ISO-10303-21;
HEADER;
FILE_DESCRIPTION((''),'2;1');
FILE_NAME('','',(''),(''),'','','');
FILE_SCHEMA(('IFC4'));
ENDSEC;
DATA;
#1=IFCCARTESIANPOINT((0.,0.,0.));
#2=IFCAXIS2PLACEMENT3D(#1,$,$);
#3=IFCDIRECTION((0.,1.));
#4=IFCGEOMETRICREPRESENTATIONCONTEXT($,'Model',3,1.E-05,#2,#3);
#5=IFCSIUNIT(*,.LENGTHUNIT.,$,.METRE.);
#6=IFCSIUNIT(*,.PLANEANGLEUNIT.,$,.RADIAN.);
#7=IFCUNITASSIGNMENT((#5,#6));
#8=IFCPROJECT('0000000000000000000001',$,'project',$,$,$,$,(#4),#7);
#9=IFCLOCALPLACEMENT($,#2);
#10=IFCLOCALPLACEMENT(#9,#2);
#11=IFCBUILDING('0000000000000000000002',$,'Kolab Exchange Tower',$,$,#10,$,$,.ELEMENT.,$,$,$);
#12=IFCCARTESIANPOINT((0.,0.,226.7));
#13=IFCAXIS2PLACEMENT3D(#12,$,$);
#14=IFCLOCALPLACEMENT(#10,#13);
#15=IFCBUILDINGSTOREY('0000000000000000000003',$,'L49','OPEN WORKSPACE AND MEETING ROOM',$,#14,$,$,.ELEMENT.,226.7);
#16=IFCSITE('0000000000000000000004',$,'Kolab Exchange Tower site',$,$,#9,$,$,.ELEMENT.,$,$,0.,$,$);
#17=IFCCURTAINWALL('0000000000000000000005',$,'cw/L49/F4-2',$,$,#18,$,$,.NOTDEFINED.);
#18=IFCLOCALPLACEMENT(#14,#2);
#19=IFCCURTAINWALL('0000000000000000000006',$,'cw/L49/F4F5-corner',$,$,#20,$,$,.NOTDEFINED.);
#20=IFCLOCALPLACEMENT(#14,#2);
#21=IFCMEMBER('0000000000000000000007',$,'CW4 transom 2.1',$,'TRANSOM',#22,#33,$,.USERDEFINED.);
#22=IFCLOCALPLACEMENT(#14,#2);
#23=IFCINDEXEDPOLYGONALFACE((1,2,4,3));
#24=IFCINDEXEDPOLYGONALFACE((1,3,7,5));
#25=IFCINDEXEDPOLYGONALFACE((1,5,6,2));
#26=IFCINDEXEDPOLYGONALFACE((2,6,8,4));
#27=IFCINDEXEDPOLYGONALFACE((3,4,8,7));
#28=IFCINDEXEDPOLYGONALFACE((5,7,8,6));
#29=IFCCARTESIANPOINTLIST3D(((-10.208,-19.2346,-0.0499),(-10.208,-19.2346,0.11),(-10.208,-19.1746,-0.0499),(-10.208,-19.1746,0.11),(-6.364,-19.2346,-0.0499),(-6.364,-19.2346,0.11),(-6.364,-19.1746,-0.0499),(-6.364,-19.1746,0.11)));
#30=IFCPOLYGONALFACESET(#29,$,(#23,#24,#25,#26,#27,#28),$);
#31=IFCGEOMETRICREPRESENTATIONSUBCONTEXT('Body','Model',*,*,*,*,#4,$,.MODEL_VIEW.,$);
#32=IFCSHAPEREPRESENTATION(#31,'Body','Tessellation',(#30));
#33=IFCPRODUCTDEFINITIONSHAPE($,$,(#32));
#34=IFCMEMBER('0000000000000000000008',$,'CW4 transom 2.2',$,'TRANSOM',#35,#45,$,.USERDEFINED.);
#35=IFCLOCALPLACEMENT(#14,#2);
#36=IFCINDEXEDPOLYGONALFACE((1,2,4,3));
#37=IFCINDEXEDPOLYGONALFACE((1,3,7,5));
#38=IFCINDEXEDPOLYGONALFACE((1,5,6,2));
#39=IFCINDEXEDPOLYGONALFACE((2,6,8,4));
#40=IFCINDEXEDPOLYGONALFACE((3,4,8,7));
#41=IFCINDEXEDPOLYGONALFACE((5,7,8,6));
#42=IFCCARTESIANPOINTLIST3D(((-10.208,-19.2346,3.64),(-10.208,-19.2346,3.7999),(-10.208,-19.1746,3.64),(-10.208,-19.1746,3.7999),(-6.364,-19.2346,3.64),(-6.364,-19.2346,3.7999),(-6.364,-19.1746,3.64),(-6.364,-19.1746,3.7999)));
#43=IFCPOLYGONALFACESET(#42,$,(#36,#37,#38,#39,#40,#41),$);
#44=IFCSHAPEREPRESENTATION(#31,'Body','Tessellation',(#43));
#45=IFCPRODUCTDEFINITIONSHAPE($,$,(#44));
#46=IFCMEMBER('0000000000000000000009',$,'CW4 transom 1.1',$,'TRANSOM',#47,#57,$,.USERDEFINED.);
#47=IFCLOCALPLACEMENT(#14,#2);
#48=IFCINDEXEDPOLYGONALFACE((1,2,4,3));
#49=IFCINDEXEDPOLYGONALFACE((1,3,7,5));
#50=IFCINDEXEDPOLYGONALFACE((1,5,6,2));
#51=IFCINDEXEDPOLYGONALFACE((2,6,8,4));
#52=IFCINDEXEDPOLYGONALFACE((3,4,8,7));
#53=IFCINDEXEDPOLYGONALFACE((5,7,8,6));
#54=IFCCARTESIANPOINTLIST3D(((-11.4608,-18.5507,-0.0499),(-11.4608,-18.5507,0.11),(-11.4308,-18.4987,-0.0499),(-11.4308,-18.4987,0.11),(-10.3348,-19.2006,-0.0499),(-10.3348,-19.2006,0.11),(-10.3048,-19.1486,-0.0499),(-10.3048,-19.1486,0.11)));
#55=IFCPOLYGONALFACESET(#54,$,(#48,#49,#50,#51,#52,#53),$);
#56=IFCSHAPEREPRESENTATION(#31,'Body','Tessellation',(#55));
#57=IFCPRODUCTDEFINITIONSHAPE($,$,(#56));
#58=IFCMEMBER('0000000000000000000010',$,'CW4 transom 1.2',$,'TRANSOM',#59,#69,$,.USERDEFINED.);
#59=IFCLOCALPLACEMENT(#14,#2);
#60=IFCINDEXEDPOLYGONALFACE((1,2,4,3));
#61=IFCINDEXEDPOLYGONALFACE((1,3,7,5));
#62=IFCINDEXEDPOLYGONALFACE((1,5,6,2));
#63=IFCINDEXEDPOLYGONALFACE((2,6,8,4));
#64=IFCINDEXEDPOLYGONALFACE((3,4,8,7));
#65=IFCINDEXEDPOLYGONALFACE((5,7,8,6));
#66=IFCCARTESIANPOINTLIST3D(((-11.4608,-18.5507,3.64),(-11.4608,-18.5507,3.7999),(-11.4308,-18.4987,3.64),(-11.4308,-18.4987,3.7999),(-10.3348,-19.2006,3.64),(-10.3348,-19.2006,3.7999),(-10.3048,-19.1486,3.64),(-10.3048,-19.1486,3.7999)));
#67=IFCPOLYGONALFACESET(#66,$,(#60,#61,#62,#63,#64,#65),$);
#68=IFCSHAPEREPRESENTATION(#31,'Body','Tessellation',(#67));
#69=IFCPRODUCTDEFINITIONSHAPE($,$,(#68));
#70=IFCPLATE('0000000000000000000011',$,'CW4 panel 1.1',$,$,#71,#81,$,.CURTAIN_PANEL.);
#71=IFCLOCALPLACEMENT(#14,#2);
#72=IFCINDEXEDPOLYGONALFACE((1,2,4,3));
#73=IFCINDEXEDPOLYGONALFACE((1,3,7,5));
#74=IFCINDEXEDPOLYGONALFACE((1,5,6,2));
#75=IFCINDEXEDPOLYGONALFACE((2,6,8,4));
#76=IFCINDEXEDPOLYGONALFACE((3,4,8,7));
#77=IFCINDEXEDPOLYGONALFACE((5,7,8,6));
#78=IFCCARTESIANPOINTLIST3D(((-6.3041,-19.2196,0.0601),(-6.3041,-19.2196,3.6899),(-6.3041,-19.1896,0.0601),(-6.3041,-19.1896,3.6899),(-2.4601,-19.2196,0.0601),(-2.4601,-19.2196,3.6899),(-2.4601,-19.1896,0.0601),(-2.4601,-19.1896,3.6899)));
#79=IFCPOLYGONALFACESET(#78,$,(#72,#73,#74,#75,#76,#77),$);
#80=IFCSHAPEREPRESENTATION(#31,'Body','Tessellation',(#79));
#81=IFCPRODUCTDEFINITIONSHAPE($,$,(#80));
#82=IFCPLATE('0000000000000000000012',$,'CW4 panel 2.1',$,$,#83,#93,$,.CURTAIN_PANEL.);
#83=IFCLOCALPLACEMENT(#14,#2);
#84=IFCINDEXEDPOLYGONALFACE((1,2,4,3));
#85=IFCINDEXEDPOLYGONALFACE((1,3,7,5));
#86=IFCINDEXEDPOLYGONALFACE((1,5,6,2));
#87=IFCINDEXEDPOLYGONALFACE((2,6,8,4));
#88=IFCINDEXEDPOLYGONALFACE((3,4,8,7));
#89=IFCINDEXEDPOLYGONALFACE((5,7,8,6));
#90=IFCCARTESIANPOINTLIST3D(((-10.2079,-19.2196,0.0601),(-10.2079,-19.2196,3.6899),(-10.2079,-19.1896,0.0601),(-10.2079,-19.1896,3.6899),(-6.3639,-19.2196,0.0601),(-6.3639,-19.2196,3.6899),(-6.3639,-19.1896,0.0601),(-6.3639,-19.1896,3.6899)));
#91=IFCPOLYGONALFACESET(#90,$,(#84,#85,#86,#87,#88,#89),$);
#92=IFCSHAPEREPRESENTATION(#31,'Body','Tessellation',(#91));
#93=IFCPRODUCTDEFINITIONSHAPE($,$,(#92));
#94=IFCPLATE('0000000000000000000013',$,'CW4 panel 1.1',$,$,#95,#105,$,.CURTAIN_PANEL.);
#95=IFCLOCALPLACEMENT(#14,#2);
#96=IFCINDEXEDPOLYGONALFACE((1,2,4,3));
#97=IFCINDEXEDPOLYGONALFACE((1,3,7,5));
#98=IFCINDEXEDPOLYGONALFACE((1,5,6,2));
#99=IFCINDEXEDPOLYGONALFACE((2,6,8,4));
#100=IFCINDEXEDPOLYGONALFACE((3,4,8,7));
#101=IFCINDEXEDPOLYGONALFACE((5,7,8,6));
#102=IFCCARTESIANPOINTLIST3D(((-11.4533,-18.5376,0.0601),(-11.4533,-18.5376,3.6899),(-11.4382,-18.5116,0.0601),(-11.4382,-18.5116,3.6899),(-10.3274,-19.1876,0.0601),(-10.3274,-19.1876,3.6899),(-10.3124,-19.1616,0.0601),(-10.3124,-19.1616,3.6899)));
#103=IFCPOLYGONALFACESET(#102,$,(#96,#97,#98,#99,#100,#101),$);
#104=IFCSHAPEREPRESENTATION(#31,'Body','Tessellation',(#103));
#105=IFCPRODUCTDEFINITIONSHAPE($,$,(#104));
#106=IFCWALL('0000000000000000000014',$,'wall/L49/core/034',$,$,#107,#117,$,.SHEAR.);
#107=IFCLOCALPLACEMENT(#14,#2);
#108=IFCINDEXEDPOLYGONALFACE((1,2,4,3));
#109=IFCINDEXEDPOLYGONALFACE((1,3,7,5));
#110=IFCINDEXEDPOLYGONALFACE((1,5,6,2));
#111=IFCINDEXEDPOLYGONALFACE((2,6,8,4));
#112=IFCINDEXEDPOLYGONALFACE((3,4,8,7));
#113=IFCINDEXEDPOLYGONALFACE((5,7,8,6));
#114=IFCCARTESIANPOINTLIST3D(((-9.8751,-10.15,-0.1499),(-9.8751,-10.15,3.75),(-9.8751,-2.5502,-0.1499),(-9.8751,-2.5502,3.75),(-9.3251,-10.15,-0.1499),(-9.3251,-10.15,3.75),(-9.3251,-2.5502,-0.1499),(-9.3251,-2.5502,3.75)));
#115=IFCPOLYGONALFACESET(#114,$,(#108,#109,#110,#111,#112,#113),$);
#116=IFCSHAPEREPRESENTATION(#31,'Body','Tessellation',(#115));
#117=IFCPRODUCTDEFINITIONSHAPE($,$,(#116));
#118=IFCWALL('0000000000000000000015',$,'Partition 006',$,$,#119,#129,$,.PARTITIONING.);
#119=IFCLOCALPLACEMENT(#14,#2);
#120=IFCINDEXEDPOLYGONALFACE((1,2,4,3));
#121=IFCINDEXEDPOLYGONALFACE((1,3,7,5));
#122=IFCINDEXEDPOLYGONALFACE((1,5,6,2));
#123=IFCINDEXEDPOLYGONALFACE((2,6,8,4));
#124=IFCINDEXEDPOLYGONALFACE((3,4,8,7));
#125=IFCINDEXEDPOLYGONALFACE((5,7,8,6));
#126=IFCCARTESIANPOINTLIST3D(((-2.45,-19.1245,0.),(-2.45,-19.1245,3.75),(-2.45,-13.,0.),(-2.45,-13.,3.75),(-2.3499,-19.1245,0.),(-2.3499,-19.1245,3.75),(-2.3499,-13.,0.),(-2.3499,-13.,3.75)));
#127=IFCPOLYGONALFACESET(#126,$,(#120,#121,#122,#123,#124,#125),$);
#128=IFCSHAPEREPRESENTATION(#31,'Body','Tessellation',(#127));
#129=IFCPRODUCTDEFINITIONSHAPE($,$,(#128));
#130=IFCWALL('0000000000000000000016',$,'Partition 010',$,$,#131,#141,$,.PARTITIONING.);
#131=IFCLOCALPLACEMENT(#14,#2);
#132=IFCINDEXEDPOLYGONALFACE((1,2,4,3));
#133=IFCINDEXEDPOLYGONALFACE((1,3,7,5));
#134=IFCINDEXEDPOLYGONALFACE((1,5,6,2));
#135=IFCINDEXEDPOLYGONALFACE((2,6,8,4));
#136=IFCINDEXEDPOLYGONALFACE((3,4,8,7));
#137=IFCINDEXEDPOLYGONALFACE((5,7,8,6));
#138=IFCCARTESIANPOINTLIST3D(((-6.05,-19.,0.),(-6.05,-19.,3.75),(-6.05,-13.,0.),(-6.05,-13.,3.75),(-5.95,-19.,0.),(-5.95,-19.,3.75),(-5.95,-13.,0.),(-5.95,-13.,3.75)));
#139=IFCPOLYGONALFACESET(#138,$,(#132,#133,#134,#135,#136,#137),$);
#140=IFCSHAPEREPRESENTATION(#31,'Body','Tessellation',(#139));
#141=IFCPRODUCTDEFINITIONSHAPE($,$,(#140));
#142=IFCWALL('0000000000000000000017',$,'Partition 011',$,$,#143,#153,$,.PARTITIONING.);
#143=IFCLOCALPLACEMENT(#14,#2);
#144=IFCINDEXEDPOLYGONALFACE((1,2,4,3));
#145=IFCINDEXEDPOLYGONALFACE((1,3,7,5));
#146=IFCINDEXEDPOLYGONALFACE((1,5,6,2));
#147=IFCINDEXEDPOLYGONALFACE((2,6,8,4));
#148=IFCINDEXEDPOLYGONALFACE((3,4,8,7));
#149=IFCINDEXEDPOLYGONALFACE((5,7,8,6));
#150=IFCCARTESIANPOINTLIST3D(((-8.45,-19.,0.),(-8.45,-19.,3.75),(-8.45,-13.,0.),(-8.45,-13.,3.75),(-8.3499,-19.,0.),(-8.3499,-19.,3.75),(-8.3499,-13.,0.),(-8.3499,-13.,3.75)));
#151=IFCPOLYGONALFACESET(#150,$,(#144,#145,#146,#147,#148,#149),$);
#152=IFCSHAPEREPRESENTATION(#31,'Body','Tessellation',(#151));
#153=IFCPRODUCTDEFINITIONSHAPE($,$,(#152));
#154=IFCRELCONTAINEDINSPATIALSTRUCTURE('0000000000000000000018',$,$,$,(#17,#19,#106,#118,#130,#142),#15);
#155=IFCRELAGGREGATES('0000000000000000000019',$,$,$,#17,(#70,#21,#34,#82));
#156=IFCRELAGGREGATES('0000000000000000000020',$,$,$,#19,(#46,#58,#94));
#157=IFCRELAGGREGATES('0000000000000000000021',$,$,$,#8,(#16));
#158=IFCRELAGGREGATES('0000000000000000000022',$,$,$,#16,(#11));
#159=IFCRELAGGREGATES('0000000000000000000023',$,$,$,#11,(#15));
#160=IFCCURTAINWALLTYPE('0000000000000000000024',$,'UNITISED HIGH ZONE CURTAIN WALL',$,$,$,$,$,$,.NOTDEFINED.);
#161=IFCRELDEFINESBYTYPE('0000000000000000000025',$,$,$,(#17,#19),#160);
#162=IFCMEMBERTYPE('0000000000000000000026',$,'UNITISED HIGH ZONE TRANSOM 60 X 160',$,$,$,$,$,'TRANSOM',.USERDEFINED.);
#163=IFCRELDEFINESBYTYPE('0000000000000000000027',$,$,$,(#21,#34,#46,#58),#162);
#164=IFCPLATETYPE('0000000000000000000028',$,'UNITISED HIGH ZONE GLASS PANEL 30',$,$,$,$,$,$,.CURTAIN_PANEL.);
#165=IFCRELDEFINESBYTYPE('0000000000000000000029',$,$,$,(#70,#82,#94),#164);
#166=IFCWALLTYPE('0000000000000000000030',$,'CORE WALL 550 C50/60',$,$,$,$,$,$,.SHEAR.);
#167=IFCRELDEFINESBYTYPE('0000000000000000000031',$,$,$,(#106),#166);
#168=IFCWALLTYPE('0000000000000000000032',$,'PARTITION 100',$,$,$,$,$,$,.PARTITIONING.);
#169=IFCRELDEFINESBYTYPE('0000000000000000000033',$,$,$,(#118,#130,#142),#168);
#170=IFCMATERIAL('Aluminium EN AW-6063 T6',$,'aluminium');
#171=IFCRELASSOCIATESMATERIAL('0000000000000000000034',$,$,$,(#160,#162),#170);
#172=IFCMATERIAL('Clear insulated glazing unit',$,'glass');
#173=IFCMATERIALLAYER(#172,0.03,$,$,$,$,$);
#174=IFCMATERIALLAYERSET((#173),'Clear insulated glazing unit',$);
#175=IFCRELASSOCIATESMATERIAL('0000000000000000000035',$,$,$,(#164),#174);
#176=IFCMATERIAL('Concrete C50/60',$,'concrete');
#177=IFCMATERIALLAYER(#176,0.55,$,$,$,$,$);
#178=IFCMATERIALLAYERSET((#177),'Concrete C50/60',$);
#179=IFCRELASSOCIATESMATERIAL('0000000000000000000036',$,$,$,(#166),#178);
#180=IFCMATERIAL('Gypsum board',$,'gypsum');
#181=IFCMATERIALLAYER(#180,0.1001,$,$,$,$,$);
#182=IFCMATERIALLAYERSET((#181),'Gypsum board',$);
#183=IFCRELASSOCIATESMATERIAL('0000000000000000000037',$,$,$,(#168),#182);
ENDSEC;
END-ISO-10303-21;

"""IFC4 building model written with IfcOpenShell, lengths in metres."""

from ifc_helpers import new_model, si_unit, direction, frame, frame_2d, origin, origin_2d, place, context, subcontext, project, spatial, rectangle, extrude, material, layer, layer_set, material_profile, profile_set, type_object, element, aggregate, save


model = new_model("IFC4")

# Units and contexts
model_context = context("Model", 3, precision=1e-05, world=origin(), true_north=direction((0.0, 1.0)))
body_context = subcontext(model_context, "Body", "Model", "MODEL_VIEW")
ifc_project = project(units=[si_unit("LENGTHUNIT", "METRE"), si_unit("PLANEANGLEUNIT", "RADIAN")], contexts=[model_context])

# Site, building, storey
site_placement = place(None, origin())
site = spatial("IfcSite", under=ifc_project, at=site_placement, Name="Kolab Exchange Tower site", CompositionType="ELEMENT", RefElevation=0.0)
building_placement = place(site_placement, origin())
building = spatial("IfcBuilding", under=site, at=building_placement, Name="Kolab Exchange Tower", CompositionType="ELEMENT")
storey_placement = place(building_placement, frame((0.0, 0.0, 226.7)))
storey = spatial("IfcBuildingStorey", under=building, at=storey_placement, Name="L49", Description="OPEN WORKSPACE AND MEETING ROOM", CompositionType="ELEMENT", Elevation=226.7)

# Shared definitions
ifc_material_1 = material(Name="Concrete C50/60", Category="concrete")

# Curtain wall
ifc_material_2 = material(Name="Aluminium EN AW-6063 T6", Category="aluminium")
curtain_wall_type = type_object("IfcCurtainWallType", Name="UNITISED HIGH ZONE CURTAIN WALL", PredefinedType="NOTDEFINED", material=ifc_material_2)
curtain_wall_1_placement = place(storey_placement, origin())
curtain_wall_1 = element("IfcCurtainWall", 1, at=curtain_wall_1_placement, inside=storey, type_object=curtain_wall_type, Name="cw/L49/F4-2", PredefinedType="NOTDEFINED")

# Curtain wall
curtain_wall_2_placement = place(storey_placement, origin())
curtain_wall_2 = element("IfcCurtainWall", 2, at=curtain_wall_2_placement, inside=storey, type_object=curtain_wall_type, Name="cw/L49/F4F5-corner", PredefinedType="NOTDEFINED")

# Members
ifc_material_profile_1 = material_profile(ifc_material_2, rectangle(XDim=0.0601, YDim=0.1599, at=origin_2d()), Name="RECT 60X160")
ifc_profile_set_1 = profile_set([ifc_material_profile_1], Name="Aluminium EN AW-6063 T6")
member_type_1 = type_object("IfcMemberType", Name="UNITISED HIGH ZONE TRANSOM 60 X 160", ElementType="TRANSOM", PredefinedType="USERDEFINED", material=ifc_profile_set_1)
member_1_placement = place(storey_placement, frame((-6.364, -19.2046, 0.03), z_axis=(-1.0, 0.0, 0.0), x_axis=(0.0, -1.0, 0.0)))
member_1 = element("IfcMember", 3, at=member_1_placement, type_object=member_type_1, Name="CW4 transom 2.1", ObjectType="TRANSOM", PredefinedType="USERDEFINED", context=body_context, shape_type="SweptSolid", body=[
    extrude(rectangle(XDim=0.0601, YDim=0.1599, at=origin_2d()), origin(), (0.0, 0.0, 1.0), 3.844),
])
member_2_placement = place(storey_placement, frame((-6.364, -19.2046, 3.72), z_axis=(-1.0, 0.0, 0.0), x_axis=(0.0, -1.0, 0.0)))
member_2 = element("IfcMember", 4, at=member_2_placement, type_object=member_type_1, Name="CW4 transom 2.2", ObjectType="TRANSOM", PredefinedType="USERDEFINED", context=body_context, shape_type="SweptSolid", body=[
    extrude(rectangle(XDim=0.0601, YDim=0.1599, at=origin_2d()), origin(), (0.0, 0.0, 1.0), 3.844),
])
member_3_placement = place(storey_placement, frame((-10.3198, -19.1746, 0.03), z_axis=(-0.866086, 0.499896, 0.0), x_axis=(-0.499896, -0.866086, 0.0)))
member_3 = element("IfcMember", 5, at=member_3_placement, type_object=member_type_1, Name="CW4 transom 1.1", ObjectType="TRANSOM", PredefinedType="USERDEFINED", context=body_context, shape_type="SweptSolid", body=[
    extrude(rectangle(XDim=0.0601, YDim=0.1599, at=origin_2d()), origin(), (0.0, 0.0, 1.0), 1.3),
])
member_4_placement = place(storey_placement, frame((-10.3198, -19.1746, 3.72), z_axis=(-0.866086, 0.499896, 0.0), x_axis=(-0.499896, -0.866086, 0.0)))
member_4 = element("IfcMember", 6, at=member_4_placement, type_object=member_type_1, Name="CW4 transom 1.2", ObjectType="TRANSOM", PredefinedType="USERDEFINED", context=body_context, shape_type="SweptSolid", body=[
    extrude(rectangle(XDim=0.0601, YDim=0.1599, at=origin_2d()), origin(), (0.0, 0.0, 1.0), 1.3),
])

# Plates
ifc_material_3 = material(Name="Clear insulated glazing unit", Category="glass")
ifc_layer_1 = layer(ifc_material_3, 0.03)
ifc_layer_set_1 = layer_set([ifc_layer_1], Name="Clear insulated glazing unit")
plate_type = type_object("IfcPlateType", Name="UNITISED HIGH ZONE GLASS PANEL 30", PredefinedType="CURTAIN_PANEL", material=ifc_layer_set_1)
plate_1_placement = place(storey_placement, frame((-4.3821, -19.2046, 0.0601), z_axis=(0.0, 0.0, 1.0), x_axis=(-1.0, 0.0, 0.0)))
plate_1 = element("IfcPlate", 7, at=plate_1_placement, type_object=plate_type, Name="CW4 panel 1.1", PredefinedType="CURTAIN_PANEL", context=body_context, shape_type="SweptSolid", body=[
    extrude(rectangle(XDim=3.844, YDim=0.03, at=origin_2d()), origin(), (0.0, 0.0, 1.0), 3.6299),
])
plate_2_placement = place(storey_placement, frame((-8.2859, -19.2046, 0.0601), z_axis=(0.0, 0.0, 1.0), x_axis=(-1.0, 0.0, 0.0)))
plate_2 = element("IfcPlate", 8, at=plate_2_placement, type_object=plate_type, Name="CW4 panel 2.1", PredefinedType="CURTAIN_PANEL", context=body_context, shape_type="SweptSolid", body=[
    extrude(rectangle(XDim=3.844, YDim=0.03, at=origin_2d()), origin(), (0.0, 0.0, 1.0), 3.6299),
])
aggregate(curtain_wall_1, [plate_1, member_1, member_2, plate_2])
plate_3_placement = place(storey_placement, frame((-10.8828, -18.8496, 0.0601), z_axis=(0.0, 0.0, 1.0), x_axis=(-0.866025, 0.5, 0.0)))
plate_3 = element("IfcPlate", 9, at=plate_3_placement, type_object=plate_type, Name="CW4 panel 1.1", PredefinedType="CURTAIN_PANEL", context=body_context, shape_type="SweptSolid", body=[
    extrude(rectangle(XDim=1.3, YDim=0.03, at=origin_2d()), origin(), (0.0, 0.0, 1.0), 3.6299),
])
aggregate(curtain_wall_2, [member_3, member_4, plate_3])

# Walls
ifc_layer_2 = layer(ifc_material_1, 0.55)
ifc_layer_set_2 = layer_set([ifc_layer_2], Name="Concrete C50/60")
wall_type_1 = type_object("IfcWallType", Name="CORE WALL 550 C50/60", PredefinedType="SHEAR", material=ifc_layer_set_2)
wall_1_placement = place(storey_placement, frame((-9.6001, -10.1499, -0.1499), z_axis=(0.0, 0.0, 1.0), x_axis=(0.0, 1.0, 0.0)))
element("IfcWall", 10, at=wall_1_placement, inside=storey, type_object=wall_type_1, Name="wall/L49/core/034", PredefinedType="SHEAR", context=body_context, shape_type="SweptSolid", body=[
    extrude(rectangle(XDim=7.5999, YDim=0.55, at=frame_2d((3.7998, 0.0))), origin(), (0.0, 0.0, 1.0), 3.8999),
])
ifc_material_4 = material(Name="Gypsum board", Category="gypsum")
ifc_layer_3 = layer(ifc_material_4, 0.1001)
ifc_layer_set_3 = layer_set([ifc_layer_3], Name="Gypsum board")
wall_type_2 = type_object("IfcWallType", Name="PARTITION 100", PredefinedType="PARTITIONING", material=ifc_layer_set_3)
wall_2_placement = place(storey_placement, frame((-2.3999, -19.1245, 0.0), z_axis=(0.0, 0.0, 1.0), x_axis=(0.0, 1.0, 0.0)))
element("IfcWall", 11, at=wall_2_placement, inside=storey, type_object=wall_type_2, Name="Partition 006", PredefinedType="PARTITIONING", context=body_context, shape_type="SweptSolid", body=[
    extrude(rectangle(XDim=6.1245, YDim=0.1001, at=frame_2d((3.0623, 0.0))), origin(), (0.0, 0.0, 1.0), 3.75),
])
for number, where, z_axis, x_axis, name in (
    (12, (-6.0, -19.0, 0.0), (0.0, 0.0, 1.0), (0.0, 1.0, 0.0), "Partition 010"),
    (13, (-8.3999, -19.0, 0.0), (0.0, 0.0, 1.0), (0.0, 1.0, 0.0), "Partition 011"),
):
    element("IfcWall", number, at=place(storey_placement, frame(where, z_axis=z_axis, x_axis=x_axis)), inside=storey, type_object=wall_type_2, Name=name, PredefinedType="PARTITIONING", context=body_context, shape_type="SweptSolid", body=[
        extrude(rectangle(XDim=6.0, YDim=0.1001, at=frame_2d((3.0, 0.0))), origin(), (0.0, 0.0, 1.0), 3.75),
    ])

save(model, "model.ifc")
